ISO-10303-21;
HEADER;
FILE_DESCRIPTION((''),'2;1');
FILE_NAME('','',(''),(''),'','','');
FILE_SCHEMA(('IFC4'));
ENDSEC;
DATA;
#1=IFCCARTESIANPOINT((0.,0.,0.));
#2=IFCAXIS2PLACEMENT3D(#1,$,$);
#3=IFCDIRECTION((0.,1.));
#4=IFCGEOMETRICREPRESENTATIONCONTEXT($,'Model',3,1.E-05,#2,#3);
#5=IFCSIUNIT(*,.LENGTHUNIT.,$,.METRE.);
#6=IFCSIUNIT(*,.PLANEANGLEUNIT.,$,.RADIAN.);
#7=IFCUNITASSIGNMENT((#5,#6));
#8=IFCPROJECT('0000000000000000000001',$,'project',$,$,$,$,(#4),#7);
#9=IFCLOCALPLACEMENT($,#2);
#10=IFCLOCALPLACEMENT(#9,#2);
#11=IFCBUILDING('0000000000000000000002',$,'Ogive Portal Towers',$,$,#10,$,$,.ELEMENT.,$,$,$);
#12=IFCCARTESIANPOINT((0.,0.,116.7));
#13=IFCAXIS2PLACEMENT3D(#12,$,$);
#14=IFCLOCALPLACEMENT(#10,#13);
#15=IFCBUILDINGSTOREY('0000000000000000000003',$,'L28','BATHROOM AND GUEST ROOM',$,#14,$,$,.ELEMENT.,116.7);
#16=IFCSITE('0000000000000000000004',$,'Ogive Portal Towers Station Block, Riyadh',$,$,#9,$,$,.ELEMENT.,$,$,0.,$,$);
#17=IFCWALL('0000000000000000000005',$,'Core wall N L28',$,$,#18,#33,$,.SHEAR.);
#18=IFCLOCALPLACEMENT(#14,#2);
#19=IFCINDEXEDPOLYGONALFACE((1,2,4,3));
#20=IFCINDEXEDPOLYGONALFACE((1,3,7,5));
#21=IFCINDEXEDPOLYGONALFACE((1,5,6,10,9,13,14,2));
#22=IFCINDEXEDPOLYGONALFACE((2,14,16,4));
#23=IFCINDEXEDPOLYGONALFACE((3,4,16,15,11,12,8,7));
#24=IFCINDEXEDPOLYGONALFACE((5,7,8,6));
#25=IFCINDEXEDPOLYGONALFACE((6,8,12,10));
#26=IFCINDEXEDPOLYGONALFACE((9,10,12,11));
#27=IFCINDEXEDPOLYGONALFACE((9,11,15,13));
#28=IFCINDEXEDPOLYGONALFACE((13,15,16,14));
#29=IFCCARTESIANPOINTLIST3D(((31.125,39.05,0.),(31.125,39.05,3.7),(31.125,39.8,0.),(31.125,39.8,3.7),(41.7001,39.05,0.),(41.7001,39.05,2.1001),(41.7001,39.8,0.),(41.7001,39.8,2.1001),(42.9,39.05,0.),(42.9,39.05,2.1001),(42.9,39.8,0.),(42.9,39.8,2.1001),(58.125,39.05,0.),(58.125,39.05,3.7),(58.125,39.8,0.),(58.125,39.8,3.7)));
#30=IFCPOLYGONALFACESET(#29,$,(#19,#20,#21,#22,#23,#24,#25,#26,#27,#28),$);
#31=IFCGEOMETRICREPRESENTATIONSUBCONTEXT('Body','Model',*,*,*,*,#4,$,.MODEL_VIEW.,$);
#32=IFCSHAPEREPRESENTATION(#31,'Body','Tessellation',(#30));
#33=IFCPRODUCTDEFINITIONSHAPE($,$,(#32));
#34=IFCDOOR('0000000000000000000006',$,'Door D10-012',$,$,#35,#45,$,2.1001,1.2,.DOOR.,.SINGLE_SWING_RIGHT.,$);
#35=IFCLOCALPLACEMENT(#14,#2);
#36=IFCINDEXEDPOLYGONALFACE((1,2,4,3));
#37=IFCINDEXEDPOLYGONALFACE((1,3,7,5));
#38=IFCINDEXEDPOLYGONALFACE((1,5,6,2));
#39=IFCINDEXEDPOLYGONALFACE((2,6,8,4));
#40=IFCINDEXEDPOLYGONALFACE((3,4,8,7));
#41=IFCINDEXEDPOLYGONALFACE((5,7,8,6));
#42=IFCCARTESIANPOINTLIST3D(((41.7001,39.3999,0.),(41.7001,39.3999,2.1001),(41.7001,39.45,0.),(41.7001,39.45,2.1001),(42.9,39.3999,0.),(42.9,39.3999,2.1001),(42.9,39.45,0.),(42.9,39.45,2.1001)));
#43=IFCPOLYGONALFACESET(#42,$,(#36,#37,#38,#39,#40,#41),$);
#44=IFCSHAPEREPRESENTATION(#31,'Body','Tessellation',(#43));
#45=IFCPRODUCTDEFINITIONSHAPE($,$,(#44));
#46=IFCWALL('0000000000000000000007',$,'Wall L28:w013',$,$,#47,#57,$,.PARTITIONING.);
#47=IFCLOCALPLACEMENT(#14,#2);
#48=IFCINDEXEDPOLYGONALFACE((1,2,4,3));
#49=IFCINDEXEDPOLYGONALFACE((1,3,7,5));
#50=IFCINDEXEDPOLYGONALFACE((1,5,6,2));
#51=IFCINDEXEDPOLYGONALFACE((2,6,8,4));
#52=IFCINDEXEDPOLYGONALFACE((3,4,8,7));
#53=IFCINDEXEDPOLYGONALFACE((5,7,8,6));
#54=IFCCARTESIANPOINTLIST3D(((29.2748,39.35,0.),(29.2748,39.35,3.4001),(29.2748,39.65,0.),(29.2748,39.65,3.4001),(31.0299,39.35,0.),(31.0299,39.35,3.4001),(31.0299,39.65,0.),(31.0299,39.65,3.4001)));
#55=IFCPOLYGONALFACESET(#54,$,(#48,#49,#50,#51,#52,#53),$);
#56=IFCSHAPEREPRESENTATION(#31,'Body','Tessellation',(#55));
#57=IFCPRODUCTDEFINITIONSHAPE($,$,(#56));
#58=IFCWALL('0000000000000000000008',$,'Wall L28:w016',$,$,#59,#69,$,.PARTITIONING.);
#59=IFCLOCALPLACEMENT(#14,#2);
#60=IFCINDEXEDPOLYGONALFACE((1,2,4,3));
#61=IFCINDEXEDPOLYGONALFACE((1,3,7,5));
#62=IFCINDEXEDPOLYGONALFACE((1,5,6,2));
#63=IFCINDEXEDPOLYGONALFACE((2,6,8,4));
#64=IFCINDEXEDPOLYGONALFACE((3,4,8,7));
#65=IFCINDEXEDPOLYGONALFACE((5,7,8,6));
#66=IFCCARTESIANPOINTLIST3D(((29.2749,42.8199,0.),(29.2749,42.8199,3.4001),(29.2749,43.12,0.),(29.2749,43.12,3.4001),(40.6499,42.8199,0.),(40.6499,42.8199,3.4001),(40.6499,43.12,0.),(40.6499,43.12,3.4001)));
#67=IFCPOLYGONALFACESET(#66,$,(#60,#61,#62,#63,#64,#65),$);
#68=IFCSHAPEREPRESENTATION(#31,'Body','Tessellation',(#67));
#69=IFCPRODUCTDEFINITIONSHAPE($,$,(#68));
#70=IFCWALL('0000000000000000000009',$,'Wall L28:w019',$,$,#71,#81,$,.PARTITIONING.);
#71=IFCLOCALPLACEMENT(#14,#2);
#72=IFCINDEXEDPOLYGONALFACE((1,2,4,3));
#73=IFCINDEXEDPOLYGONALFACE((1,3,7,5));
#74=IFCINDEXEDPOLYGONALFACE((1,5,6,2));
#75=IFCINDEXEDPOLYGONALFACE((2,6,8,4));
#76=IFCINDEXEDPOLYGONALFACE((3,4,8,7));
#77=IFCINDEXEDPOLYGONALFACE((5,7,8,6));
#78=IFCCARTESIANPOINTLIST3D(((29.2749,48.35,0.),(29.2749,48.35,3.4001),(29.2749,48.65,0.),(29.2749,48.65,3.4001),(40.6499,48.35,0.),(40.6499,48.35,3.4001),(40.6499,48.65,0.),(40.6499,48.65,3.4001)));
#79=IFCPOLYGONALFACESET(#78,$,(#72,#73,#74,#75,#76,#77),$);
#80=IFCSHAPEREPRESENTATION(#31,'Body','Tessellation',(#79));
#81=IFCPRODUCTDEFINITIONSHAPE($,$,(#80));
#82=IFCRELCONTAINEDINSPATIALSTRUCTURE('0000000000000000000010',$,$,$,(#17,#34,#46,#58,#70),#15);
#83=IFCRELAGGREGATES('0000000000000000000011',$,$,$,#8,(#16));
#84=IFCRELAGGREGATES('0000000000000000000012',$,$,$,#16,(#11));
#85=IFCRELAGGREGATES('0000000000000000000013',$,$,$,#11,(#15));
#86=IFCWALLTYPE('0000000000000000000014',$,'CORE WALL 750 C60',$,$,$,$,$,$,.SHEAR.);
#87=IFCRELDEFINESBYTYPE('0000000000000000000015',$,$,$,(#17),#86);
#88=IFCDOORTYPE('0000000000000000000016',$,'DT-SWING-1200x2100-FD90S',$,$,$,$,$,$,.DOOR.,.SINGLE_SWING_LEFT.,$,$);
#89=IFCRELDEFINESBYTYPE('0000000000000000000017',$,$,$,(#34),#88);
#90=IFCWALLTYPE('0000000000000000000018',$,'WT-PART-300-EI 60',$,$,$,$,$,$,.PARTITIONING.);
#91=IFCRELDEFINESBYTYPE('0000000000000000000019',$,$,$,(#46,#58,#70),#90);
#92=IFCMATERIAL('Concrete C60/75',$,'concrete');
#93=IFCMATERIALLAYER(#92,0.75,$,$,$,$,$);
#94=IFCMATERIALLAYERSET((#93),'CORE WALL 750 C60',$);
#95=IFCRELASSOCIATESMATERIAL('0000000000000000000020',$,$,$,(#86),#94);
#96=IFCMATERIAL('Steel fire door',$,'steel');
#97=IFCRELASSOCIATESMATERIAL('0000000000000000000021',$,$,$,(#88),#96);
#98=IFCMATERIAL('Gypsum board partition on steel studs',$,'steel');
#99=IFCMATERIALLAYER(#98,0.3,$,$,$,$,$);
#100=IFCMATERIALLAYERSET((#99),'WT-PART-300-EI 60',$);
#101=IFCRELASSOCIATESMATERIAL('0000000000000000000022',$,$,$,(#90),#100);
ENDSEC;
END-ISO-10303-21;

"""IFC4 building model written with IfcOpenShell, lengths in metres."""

from ifc_helpers import new_model, si_unit, direction, frame, frame_2d, origin, place, context, subcontext, project, spatial, rectangle, extrude, material, layer, layer_set, type_object, element, fill, save


model = new_model("IFC4")

# Units and contexts
model_context = context("Model", 3, precision=1e-05, world=origin(), true_north=direction((0.0, 1.0)))
body_context = subcontext(model_context, "Body", "Model", "MODEL_VIEW")
ifc_project = project(units=[si_unit("LENGTHUNIT", "METRE"), si_unit("PLANEANGLEUNIT", "RADIAN")], contexts=[model_context])

# Site, building, storey
site_placement = place(None, origin())
site = spatial("IfcSite", under=ifc_project, at=site_placement, Name="Ogive Portal Towers Station Block, Riyadh", CompositionType="ELEMENT", RefElevation=0.0)
building_placement = place(site_placement, origin())
building = spatial("IfcBuilding", under=site, at=building_placement, Name="Ogive Portal Towers", CompositionType="ELEMENT")
storey_placement = place(building_placement, frame((0.0, 0.0, 116.7)))
storey = spatial("IfcBuildingStorey", under=building, at=storey_placement, Name="L28", Description="BATHROOM AND GUEST ROOM", CompositionType="ELEMENT", Elevation=116.7)

# Wall, opening, door
ifc_material_1 = material(Name="Concrete C60/75", Category="concrete")
ifc_layer_1 = layer(ifc_material_1, 0.75)
ifc_layer_set_1 = layer_set([ifc_layer_1], Name="CORE WALL 750 C60")
wall_type_1 = type_object("IfcWallType", Name="CORE WALL 750 C60", PredefinedType="SHEAR", material=ifc_layer_set_1)
wall_1_placement = place(storey_placement, frame((31.125, 39.425, 0.0), z_axis=(0.0, 0.0, 1.0), x_axis=(1.0, 0.0, 0.0)))
wall_1 = element("IfcWall", 1, at=wall_1_placement, inside=storey, type_object=wall_type_1, Name="Core wall N L28", PredefinedType="SHEAR", context=body_context, shape_type="SweptSolid", body=[
    extrude(rectangle(XDim=27.0, YDim=0.75, at=frame_2d((13.5, 0.0))), origin(), (0.0, 0.0, 1.0), 3.7),
])
opening_placement = place(wall_1_placement, frame((10.575, 0.0, 0.0)))
opening = element("IfcOpeningElement", 2, at=opening_placement, cuts=wall_1, PredefinedType="OPENING", context=body_context, shape_type="SweptSolid", body=[
    extrude(rectangle(XDim=1.2, YDim=2.1001, at=frame_2d((0.6001, 1.05))), frame((0.0, 0.385, 0.0), z_axis=(0.0, -1.0, 0.0), x_axis=(1.0, 0.0, 0.0)), (0.0, 0.0, 1.0), 0.77),
])
ifc_material_2 = material(Name="Steel fire door", Category="steel")
door_type = type_object("IfcDoorType", Name="DT-SWING-1200x2100-FD90S", OperationType="SINGLE_SWING_LEFT", PredefinedType="DOOR", material=ifc_material_2)
door_placement = place(opening_placement, origin())
door = element("IfcDoor", 3, at=door_placement, inside=storey, type_object=door_type, Name="Door D10-012", OperationType="SINGLE_SWING_RIGHT", OverallHeight=2.1001, OverallWidth=1.2, PredefinedType="DOOR", context=body_context, shape_type="SweptSolid", body=[
    extrude(rectangle(XDim=1.2, YDim=2.1001, at=frame_2d((0.6001, 1.05))), frame((0.0, 0.0249, 0.0), z_axis=(0.0, -1.0, 0.0), x_axis=(1.0, 0.0, 0.0)), (0.0, 0.0, 1.0), 0.05),
])
fill(opening, door)

# Walls
ifc_material_3 = material(Name="Gypsum board partition on steel studs", Category="steel")
ifc_layer_2 = layer(ifc_material_3, 0.3)
ifc_layer_set_2 = layer_set([ifc_layer_2], Name="WT-PART-300-EI 60")
wall_type_2 = type_object("IfcWallType", Name="WT-PART-300-EI 60", PredefinedType="PARTITIONING", material=ifc_layer_set_2)
wall_2_placement = place(storey_placement, frame((29.2749, 39.5, 0.0), z_axis=(0.0, 0.0, 1.0), x_axis=(1.0, 0.0, 0.0)))
element("IfcWall", 4, at=wall_2_placement, inside=storey, type_object=wall_type_2, Name="Wall L28:w013", PredefinedType="PARTITIONING", context=body_context, shape_type="SweptSolid", body=[
    extrude(rectangle(XDim=1.7551, YDim=0.3, at=frame_2d((0.8774, 0.0))), origin(), (0.0, 0.0, 1.0), 3.4001),
])
for number, where, z_axis, x_axis, name in (
    (5, (29.2749, 42.97, 0.0), (0.0, 0.0, 1.0), (1.0, 0.0, 0.0), "Wall L28:w016"),
    (6, (29.2749, 48.5, 0.0), (0.0, 0.0, 1.0), (1.0, 0.0, 0.0), "Wall L28:w019"),
):
    element("IfcWall", number, at=place(storey_placement, frame(where, z_axis=z_axis, x_axis=x_axis)), inside=storey, type_object=wall_type_2, Name=name, PredefinedType="PARTITIONING", context=body_context, shape_type="SweptSolid", body=[
        extrude(rectangle(XDim=11.375, YDim=0.3, at=frame_2d((5.6875, 0.0))), origin(), (0.0, 0.0, 1.0), 3.4001),
    ])

save(model, "model.ifc")
